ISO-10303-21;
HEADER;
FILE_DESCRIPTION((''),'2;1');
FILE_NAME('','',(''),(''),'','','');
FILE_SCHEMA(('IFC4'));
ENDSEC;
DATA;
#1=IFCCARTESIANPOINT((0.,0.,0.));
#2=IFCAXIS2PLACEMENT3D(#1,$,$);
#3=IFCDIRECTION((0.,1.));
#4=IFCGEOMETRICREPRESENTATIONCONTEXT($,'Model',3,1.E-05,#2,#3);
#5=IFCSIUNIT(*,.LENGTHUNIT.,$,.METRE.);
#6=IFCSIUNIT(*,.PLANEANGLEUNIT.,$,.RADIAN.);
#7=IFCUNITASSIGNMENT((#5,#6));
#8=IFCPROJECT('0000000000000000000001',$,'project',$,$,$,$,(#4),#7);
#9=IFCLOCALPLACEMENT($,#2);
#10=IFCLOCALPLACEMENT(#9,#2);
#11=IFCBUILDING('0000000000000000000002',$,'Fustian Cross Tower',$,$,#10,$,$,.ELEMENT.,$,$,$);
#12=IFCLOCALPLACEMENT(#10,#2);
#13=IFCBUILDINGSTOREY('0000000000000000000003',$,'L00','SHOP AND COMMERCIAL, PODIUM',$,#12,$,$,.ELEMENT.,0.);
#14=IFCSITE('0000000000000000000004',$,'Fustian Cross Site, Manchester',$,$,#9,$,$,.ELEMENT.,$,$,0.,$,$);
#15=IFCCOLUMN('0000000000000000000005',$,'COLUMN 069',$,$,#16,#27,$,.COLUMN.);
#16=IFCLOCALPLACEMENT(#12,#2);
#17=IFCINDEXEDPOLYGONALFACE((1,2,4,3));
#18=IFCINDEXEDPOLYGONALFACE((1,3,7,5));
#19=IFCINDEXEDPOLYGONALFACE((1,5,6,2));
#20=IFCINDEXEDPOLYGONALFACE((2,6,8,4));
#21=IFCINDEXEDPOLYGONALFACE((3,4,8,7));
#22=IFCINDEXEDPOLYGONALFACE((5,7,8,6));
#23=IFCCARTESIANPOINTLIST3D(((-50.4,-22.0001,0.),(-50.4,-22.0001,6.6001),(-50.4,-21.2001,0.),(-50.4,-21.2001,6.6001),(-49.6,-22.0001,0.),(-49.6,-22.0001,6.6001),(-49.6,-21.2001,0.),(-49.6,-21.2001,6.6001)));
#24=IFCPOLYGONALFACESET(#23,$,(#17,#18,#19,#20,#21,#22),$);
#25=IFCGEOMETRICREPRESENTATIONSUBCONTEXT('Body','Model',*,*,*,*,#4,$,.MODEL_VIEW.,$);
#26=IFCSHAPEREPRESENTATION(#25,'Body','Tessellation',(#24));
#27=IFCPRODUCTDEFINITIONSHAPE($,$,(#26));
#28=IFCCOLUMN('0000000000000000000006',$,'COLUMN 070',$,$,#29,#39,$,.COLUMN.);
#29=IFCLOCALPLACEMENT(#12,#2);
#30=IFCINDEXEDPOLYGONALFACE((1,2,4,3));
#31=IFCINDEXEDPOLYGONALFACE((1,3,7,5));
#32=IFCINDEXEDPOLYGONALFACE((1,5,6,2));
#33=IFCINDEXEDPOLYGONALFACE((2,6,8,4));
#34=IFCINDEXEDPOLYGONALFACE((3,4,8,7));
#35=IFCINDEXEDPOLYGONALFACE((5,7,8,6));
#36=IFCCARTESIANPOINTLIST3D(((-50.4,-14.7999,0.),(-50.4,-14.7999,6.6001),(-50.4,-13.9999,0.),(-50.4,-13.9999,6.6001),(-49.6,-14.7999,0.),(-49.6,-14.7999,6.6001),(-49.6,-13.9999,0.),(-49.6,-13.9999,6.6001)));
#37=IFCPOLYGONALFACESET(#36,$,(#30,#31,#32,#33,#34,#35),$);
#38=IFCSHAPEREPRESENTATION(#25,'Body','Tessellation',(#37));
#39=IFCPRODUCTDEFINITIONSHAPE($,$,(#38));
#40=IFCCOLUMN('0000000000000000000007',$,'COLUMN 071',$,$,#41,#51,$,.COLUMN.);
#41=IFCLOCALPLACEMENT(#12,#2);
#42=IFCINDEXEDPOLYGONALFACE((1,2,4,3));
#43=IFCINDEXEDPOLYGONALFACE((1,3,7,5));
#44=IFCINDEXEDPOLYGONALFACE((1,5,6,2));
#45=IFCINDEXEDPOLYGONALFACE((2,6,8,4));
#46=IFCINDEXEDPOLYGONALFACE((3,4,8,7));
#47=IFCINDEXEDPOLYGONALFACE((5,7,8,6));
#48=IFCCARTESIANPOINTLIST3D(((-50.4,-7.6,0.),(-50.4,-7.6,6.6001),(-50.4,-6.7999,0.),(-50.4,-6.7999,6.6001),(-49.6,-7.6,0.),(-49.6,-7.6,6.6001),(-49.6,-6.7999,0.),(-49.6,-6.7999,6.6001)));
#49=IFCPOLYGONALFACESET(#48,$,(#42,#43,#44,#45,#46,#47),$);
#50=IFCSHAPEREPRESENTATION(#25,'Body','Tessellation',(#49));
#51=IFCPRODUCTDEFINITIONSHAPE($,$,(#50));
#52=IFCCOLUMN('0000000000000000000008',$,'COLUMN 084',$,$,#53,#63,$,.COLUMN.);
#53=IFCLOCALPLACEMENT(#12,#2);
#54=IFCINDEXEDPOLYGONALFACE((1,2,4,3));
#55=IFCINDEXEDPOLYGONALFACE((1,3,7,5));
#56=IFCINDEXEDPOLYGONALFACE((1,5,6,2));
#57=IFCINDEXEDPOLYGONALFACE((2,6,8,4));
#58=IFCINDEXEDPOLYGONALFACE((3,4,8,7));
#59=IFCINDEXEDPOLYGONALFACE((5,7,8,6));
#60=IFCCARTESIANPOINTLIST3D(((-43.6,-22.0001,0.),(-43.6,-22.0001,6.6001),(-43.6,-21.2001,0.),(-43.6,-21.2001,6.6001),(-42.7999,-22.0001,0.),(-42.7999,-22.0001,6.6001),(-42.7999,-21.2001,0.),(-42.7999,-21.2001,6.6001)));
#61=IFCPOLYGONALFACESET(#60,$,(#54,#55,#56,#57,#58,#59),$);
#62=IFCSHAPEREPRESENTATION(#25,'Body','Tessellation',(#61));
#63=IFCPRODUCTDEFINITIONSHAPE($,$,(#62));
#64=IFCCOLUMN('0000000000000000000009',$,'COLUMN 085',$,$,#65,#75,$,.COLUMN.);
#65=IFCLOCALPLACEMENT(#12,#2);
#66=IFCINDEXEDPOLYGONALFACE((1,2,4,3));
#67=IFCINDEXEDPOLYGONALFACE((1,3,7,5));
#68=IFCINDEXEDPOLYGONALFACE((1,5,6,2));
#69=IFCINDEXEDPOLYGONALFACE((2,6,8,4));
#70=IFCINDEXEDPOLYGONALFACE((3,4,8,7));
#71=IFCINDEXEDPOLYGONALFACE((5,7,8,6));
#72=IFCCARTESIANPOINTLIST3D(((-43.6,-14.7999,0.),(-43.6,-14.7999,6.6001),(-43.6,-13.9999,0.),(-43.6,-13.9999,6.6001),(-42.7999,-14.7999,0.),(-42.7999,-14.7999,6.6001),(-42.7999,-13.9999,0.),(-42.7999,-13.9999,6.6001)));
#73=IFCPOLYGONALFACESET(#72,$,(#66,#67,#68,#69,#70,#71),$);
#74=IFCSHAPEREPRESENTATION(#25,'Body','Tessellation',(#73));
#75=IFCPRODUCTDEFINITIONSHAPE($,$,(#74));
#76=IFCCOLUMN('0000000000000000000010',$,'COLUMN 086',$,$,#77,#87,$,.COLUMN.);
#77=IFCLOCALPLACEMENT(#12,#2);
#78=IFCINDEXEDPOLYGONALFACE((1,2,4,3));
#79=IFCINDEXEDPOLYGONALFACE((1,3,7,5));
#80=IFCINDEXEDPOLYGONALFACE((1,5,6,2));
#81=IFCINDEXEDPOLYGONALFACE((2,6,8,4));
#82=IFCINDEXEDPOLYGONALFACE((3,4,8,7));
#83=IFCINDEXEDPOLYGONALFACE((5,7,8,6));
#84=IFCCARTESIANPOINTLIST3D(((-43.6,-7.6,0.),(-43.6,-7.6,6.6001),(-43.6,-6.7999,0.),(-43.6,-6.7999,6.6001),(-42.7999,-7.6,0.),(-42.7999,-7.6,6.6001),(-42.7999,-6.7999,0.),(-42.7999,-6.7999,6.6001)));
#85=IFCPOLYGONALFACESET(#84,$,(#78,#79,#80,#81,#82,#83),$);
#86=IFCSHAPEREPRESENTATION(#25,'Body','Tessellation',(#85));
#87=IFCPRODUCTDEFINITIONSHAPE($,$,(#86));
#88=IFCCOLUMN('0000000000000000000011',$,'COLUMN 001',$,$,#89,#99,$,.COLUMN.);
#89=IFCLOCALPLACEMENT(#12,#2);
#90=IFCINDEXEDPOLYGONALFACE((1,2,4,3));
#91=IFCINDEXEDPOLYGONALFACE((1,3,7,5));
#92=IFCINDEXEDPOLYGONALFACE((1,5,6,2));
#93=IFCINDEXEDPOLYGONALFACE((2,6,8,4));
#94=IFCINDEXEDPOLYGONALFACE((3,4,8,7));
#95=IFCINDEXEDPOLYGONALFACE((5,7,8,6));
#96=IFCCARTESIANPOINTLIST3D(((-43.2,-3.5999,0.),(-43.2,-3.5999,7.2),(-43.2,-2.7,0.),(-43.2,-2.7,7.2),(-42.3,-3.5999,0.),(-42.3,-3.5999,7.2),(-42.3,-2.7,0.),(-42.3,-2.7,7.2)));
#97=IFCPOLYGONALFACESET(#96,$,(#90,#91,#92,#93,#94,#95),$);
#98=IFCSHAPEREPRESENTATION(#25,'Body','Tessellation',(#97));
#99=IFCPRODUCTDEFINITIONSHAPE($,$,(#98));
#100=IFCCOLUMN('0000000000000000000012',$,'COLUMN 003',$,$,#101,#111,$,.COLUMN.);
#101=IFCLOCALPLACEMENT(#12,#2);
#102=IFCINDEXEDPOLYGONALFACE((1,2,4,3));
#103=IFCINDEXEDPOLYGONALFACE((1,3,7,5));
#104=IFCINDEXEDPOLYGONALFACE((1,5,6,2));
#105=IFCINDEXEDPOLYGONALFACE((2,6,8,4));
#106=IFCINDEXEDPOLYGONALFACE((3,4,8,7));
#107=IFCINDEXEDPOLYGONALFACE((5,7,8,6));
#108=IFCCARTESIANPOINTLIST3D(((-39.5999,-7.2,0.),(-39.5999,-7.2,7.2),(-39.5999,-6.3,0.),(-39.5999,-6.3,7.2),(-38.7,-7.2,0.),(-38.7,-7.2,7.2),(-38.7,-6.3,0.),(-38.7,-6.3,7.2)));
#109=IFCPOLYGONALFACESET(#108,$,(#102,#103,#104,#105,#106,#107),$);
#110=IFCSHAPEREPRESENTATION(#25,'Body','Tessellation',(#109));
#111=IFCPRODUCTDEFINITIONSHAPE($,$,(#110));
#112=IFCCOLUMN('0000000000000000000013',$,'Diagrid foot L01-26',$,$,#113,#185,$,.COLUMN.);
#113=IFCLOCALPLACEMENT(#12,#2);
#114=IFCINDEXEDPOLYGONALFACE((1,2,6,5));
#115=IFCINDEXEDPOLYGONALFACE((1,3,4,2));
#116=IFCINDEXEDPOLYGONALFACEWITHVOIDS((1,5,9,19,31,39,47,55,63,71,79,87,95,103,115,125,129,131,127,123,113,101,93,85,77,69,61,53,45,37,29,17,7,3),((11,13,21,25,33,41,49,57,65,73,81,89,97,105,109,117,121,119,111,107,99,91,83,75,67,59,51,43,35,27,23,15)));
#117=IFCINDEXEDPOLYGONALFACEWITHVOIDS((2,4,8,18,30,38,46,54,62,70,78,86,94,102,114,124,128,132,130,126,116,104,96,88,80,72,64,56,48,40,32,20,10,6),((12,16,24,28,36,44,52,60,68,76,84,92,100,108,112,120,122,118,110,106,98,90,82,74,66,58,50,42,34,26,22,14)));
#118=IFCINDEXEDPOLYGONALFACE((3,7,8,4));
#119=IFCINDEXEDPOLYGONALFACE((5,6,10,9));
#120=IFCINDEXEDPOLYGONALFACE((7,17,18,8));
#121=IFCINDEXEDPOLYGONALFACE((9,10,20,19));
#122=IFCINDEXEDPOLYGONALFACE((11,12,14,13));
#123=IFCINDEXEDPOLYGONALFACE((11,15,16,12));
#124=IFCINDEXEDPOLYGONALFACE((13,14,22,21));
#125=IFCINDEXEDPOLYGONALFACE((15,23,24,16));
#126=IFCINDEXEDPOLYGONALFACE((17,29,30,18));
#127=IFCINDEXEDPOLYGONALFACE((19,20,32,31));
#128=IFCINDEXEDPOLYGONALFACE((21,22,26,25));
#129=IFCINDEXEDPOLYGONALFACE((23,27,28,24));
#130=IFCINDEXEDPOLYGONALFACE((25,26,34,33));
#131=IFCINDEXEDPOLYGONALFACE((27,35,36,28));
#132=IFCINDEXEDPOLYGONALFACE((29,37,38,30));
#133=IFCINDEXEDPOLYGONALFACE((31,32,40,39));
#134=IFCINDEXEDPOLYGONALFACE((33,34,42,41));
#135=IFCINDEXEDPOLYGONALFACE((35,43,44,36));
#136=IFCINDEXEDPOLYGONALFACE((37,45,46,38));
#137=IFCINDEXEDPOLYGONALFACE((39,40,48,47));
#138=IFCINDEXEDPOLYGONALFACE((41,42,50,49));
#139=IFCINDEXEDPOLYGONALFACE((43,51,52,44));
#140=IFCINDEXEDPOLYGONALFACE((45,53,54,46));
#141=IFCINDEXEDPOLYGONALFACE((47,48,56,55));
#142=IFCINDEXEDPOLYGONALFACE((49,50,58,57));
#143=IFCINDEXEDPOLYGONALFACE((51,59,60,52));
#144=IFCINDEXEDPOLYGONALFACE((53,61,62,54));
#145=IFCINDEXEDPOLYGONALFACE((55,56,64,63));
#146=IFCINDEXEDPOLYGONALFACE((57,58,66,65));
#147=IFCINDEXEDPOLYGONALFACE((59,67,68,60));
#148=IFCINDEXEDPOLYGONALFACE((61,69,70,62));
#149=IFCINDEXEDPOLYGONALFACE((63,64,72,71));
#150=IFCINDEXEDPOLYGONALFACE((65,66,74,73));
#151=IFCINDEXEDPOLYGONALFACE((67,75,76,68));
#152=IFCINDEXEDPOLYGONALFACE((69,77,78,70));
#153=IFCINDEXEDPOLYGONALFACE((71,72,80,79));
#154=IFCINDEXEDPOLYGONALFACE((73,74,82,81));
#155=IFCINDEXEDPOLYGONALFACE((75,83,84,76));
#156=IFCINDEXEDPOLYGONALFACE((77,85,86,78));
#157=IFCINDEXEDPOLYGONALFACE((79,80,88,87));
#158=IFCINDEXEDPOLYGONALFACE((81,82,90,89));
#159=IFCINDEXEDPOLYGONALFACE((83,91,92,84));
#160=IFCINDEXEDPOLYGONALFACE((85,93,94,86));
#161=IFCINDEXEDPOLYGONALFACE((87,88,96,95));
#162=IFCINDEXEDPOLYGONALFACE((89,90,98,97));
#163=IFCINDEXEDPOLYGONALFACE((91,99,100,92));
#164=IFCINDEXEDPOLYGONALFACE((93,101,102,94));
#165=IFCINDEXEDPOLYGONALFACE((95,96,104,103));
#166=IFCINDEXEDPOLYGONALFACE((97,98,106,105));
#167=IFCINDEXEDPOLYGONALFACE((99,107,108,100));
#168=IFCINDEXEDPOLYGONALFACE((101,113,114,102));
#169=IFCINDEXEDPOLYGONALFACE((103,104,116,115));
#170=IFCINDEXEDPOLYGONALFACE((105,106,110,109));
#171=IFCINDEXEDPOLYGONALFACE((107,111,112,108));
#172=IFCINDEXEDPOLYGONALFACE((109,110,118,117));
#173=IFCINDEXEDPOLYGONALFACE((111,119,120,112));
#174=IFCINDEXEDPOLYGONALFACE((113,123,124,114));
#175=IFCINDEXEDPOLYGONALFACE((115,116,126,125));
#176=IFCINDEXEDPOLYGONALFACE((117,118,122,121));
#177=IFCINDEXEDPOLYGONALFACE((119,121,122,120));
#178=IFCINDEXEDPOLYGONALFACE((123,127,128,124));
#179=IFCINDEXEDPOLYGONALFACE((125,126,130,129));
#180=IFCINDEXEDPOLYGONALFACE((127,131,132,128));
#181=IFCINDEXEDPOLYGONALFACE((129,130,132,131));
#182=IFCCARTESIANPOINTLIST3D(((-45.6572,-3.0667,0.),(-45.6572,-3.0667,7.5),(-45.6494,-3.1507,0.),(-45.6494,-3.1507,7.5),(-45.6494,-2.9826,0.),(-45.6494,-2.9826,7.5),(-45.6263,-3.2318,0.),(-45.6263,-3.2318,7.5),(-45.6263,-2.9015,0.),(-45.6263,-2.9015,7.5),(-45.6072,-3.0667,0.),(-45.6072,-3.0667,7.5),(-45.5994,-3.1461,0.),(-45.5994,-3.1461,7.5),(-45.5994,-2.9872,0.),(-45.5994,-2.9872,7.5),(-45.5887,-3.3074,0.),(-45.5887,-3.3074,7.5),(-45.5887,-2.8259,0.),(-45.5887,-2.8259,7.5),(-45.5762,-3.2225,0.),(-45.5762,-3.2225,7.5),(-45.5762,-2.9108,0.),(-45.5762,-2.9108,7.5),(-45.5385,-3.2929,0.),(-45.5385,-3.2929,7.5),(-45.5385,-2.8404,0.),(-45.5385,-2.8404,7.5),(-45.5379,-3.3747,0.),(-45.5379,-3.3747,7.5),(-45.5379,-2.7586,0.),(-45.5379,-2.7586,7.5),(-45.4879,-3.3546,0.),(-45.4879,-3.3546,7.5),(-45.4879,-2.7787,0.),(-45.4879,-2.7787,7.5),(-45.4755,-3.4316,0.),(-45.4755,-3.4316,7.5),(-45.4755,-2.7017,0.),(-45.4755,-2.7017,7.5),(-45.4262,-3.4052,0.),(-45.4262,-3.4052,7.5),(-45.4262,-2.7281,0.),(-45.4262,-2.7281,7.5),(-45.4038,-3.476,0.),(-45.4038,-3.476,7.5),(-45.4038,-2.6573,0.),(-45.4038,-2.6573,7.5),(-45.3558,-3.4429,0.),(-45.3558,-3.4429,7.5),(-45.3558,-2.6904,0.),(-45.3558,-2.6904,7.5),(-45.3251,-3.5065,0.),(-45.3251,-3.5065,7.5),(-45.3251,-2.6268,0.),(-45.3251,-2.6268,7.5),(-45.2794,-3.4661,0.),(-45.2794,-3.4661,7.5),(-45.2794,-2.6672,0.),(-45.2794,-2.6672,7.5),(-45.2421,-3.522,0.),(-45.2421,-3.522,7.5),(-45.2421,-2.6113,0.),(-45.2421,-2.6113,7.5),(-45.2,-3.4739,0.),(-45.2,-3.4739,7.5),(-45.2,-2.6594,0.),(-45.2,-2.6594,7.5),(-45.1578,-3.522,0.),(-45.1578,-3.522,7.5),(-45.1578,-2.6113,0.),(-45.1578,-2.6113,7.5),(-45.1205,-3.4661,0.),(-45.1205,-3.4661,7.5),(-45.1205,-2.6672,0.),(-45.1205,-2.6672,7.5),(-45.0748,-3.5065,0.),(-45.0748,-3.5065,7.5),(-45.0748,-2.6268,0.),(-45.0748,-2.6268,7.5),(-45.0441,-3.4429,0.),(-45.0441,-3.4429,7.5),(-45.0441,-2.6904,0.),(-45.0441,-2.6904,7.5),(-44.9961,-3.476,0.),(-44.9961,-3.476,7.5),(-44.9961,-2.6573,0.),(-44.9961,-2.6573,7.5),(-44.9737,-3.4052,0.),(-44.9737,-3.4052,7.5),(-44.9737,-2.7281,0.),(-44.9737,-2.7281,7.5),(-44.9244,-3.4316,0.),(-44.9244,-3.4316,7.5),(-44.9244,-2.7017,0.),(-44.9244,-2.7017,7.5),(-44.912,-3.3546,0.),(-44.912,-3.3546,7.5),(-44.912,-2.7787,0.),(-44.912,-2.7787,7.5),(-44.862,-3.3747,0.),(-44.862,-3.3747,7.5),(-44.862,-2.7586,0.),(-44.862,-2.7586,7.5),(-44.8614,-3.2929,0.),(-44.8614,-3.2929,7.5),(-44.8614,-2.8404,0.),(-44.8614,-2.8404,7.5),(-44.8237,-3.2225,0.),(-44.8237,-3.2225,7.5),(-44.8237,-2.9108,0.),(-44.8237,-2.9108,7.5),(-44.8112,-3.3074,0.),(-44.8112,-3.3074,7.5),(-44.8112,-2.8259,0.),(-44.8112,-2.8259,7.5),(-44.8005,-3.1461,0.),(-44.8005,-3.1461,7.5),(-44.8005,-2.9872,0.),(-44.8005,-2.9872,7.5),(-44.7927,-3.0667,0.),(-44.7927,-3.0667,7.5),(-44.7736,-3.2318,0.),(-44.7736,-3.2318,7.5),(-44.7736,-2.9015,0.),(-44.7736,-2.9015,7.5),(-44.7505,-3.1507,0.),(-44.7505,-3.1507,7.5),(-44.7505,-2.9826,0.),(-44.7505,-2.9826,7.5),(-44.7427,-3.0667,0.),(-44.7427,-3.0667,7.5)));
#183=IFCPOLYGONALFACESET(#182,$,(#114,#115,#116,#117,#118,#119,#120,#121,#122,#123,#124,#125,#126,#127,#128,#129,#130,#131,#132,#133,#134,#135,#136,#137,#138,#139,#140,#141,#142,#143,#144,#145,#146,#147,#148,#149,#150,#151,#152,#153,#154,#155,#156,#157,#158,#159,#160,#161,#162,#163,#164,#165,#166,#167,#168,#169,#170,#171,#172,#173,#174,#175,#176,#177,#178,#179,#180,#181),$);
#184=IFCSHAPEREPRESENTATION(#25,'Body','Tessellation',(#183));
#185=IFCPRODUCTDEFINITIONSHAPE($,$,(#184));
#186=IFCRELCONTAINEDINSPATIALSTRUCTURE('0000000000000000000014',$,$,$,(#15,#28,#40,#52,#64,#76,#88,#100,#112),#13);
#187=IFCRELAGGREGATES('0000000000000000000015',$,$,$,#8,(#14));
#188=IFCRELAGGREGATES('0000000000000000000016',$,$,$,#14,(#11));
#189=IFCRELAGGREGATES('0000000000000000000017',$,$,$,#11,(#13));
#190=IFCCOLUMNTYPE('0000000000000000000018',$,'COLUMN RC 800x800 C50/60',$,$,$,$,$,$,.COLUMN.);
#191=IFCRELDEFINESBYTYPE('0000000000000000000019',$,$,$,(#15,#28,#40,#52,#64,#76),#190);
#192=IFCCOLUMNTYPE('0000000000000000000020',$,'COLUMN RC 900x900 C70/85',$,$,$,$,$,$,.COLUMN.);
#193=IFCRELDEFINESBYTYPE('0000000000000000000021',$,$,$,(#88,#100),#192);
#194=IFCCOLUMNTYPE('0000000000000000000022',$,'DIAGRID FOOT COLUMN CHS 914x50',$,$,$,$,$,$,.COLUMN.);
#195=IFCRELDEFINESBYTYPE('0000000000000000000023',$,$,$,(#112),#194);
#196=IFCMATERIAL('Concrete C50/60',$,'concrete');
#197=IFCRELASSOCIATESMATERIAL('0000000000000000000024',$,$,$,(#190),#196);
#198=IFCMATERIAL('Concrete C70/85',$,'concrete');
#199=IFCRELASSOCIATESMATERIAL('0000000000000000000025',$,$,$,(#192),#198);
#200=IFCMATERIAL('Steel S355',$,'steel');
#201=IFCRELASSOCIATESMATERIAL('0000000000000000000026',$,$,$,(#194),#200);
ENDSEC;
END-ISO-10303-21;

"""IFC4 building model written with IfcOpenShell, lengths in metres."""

from ifc_helpers import new_model, si_unit, direction, frame, origin, origin_2d, place, context, subcontext, project, spatial, rectangle, hollow_circle, extrude, material, material_profile, profile_set, type_object, element, save


model = new_model("IFC4")

# Units and contexts
model_context = context("Model", 3, precision=1e-05, world=origin(), true_north=direction((0.0, 1.0)))
body_context = subcontext(model_context, "Body", "Model", "MODEL_VIEW")
ifc_project = project(units=[si_unit("LENGTHUNIT", "METRE"), si_unit("PLANEANGLEUNIT", "RADIAN")], contexts=[model_context])

# Site, building, storey
site_placement = place(None, origin())
site = spatial("IfcSite", under=ifc_project, at=site_placement, Name="Fustian Cross Site, Manchester", CompositionType="ELEMENT", RefElevation=0.0)
building_placement = place(site_placement, origin())
building = spatial("IfcBuilding", under=site, at=building_placement, Name="Fustian Cross Tower", CompositionType="ELEMENT")
storey_placement = place(building_placement, origin())
storey = spatial("IfcBuildingStorey", under=building, at=storey_placement, Name="L00", Description="SHOP AND COMMERCIAL, PODIUM", CompositionType="ELEMENT", Elevation=0.0)

# Columns
ifc_material_1 = material(Name="Concrete C50/60", Category="concrete")
ifc_material_profile_1 = material_profile(ifc_material_1, rectangle(XDim=0.8, YDim=0.8, at=origin_2d()), Name="RC 800x800")
ifc_profile_set_1 = profile_set([ifc_material_profile_1], Name="Concrete C50/60")
column_type_1 = type_object("IfcColumnType", Name="COLUMN RC 800x800 C50/60", PredefinedType="COLUMN", material=ifc_profile_set_1)
for number, where, z_axis, x_axis, name in (
    (1, (-50.0, -21.6001, 0.0), (0.0, 0.0, 1.0), (1.0, 0.0, 0.0), "COLUMN 069"),
    (2, (-50.0, -14.3999, 0.0), (0.0, 0.0, 1.0), (1.0, 0.0, 0.0), "COLUMN 070"),
    (3, (-50.0, -7.2, 0.0), (0.0, 0.0, 1.0), (1.0, 0.0, 0.0), "COLUMN 071"),
    (4, (-43.2, -21.6001, 0.0), (0.0, 0.0, 1.0), (1.0, 0.0, 0.0), "COLUMN 084"),
    (5, (-43.2, -14.3999, 0.0), (0.0, 0.0, 1.0), (1.0, 0.0, 0.0), "COLUMN 085"),
    (6, (-43.2, -7.2, 0.0), (0.0, 0.0, 1.0), (1.0, 0.0, 0.0), "COLUMN 086"),
):
    element("IfcColumn", number, at=place(storey_placement, frame(where, z_axis=z_axis, x_axis=x_axis)), inside=storey, type_object=column_type_1, Name=name, PredefinedType="COLUMN", context=body_context, shape_type="SweptSolid", body=[
        extrude(rectangle(XDim=0.8, YDim=0.8, at=origin_2d()), origin(), (0.0, 0.0, 1.0), 6.6001),
    ])
ifc_material_2 = material(Name="Concrete C70/85", Category="concrete")
ifc_material_profile_2 = material_profile(ifc_material_2, rectangle(XDim=0.8999, YDim=0.8999, at=origin_2d()), Name="RC 900x900")
ifc_profile_set_2 = profile_set([ifc_material_profile_2], Name="Concrete C70/85")
column_type_2 = type_object("IfcColumnType", Name="COLUMN RC 900x900 C70/85", PredefinedType="COLUMN", material=ifc_profile_set_2)
for number, where, z_axis, x_axis, name in (
    (7, (-42.75, -3.1499, 0.0), (0.0, 0.0, 1.0), (1.0, 0.0, 0.0), "COLUMN 001"),
    (8, (-39.1499, -6.75, 0.0), (0.0, 0.0, 1.0), (1.0, 0.0, 0.0), "COLUMN 003"),
):
    element("IfcColumn", number, at=place(storey_placement, frame(where, z_axis=z_axis, x_axis=x_axis)), inside=storey, type_object=column_type_2, Name=name, PredefinedType="COLUMN", context=body_context, shape_type="SweptSolid", body=[
        extrude(rectangle(XDim=0.8999, YDim=0.8999, at=origin_2d()), origin(), (0.0, 0.0, 1.0), 7.2),
    ])
ifc_material_3 = material(Name="Steel S355", Category="steel")
ifc_material_profile_3 = material_profile(ifc_material_3, hollow_circle(Radius=0.4573, WallThickness=0.05, at=origin_2d()), Name="CHS 914x50")
ifc_profile_set_3 = profile_set([ifc_material_profile_3], Name="Steel S355")
column_type_3 = type_object("IfcColumnType", Name="DIAGRID FOOT COLUMN CHS 914x50", PredefinedType="COLUMN", material=ifc_profile_set_3)
for number, where, z_axis, x_axis, name in (
    (9, (-45.2, -3.0667, 0.0), (0.0, 0.0, 1.0), (1.0, 0.0, 0.0), "Diagrid foot L01-26"),
):
    element("IfcColumn", number, at=place(storey_placement, frame(where, z_axis=z_axis, x_axis=x_axis)), inside=storey, type_object=column_type_3, Name=name, PredefinedType="COLUMN", context=body_context, shape_type="SweptSolid", body=[
        extrude(hollow_circle(Radius=0.4573, WallThickness=0.05, at=origin_2d()), origin(), (0.0, 0.0, 1.0), 7.5),
    ])

save(model, "model.ifc")
